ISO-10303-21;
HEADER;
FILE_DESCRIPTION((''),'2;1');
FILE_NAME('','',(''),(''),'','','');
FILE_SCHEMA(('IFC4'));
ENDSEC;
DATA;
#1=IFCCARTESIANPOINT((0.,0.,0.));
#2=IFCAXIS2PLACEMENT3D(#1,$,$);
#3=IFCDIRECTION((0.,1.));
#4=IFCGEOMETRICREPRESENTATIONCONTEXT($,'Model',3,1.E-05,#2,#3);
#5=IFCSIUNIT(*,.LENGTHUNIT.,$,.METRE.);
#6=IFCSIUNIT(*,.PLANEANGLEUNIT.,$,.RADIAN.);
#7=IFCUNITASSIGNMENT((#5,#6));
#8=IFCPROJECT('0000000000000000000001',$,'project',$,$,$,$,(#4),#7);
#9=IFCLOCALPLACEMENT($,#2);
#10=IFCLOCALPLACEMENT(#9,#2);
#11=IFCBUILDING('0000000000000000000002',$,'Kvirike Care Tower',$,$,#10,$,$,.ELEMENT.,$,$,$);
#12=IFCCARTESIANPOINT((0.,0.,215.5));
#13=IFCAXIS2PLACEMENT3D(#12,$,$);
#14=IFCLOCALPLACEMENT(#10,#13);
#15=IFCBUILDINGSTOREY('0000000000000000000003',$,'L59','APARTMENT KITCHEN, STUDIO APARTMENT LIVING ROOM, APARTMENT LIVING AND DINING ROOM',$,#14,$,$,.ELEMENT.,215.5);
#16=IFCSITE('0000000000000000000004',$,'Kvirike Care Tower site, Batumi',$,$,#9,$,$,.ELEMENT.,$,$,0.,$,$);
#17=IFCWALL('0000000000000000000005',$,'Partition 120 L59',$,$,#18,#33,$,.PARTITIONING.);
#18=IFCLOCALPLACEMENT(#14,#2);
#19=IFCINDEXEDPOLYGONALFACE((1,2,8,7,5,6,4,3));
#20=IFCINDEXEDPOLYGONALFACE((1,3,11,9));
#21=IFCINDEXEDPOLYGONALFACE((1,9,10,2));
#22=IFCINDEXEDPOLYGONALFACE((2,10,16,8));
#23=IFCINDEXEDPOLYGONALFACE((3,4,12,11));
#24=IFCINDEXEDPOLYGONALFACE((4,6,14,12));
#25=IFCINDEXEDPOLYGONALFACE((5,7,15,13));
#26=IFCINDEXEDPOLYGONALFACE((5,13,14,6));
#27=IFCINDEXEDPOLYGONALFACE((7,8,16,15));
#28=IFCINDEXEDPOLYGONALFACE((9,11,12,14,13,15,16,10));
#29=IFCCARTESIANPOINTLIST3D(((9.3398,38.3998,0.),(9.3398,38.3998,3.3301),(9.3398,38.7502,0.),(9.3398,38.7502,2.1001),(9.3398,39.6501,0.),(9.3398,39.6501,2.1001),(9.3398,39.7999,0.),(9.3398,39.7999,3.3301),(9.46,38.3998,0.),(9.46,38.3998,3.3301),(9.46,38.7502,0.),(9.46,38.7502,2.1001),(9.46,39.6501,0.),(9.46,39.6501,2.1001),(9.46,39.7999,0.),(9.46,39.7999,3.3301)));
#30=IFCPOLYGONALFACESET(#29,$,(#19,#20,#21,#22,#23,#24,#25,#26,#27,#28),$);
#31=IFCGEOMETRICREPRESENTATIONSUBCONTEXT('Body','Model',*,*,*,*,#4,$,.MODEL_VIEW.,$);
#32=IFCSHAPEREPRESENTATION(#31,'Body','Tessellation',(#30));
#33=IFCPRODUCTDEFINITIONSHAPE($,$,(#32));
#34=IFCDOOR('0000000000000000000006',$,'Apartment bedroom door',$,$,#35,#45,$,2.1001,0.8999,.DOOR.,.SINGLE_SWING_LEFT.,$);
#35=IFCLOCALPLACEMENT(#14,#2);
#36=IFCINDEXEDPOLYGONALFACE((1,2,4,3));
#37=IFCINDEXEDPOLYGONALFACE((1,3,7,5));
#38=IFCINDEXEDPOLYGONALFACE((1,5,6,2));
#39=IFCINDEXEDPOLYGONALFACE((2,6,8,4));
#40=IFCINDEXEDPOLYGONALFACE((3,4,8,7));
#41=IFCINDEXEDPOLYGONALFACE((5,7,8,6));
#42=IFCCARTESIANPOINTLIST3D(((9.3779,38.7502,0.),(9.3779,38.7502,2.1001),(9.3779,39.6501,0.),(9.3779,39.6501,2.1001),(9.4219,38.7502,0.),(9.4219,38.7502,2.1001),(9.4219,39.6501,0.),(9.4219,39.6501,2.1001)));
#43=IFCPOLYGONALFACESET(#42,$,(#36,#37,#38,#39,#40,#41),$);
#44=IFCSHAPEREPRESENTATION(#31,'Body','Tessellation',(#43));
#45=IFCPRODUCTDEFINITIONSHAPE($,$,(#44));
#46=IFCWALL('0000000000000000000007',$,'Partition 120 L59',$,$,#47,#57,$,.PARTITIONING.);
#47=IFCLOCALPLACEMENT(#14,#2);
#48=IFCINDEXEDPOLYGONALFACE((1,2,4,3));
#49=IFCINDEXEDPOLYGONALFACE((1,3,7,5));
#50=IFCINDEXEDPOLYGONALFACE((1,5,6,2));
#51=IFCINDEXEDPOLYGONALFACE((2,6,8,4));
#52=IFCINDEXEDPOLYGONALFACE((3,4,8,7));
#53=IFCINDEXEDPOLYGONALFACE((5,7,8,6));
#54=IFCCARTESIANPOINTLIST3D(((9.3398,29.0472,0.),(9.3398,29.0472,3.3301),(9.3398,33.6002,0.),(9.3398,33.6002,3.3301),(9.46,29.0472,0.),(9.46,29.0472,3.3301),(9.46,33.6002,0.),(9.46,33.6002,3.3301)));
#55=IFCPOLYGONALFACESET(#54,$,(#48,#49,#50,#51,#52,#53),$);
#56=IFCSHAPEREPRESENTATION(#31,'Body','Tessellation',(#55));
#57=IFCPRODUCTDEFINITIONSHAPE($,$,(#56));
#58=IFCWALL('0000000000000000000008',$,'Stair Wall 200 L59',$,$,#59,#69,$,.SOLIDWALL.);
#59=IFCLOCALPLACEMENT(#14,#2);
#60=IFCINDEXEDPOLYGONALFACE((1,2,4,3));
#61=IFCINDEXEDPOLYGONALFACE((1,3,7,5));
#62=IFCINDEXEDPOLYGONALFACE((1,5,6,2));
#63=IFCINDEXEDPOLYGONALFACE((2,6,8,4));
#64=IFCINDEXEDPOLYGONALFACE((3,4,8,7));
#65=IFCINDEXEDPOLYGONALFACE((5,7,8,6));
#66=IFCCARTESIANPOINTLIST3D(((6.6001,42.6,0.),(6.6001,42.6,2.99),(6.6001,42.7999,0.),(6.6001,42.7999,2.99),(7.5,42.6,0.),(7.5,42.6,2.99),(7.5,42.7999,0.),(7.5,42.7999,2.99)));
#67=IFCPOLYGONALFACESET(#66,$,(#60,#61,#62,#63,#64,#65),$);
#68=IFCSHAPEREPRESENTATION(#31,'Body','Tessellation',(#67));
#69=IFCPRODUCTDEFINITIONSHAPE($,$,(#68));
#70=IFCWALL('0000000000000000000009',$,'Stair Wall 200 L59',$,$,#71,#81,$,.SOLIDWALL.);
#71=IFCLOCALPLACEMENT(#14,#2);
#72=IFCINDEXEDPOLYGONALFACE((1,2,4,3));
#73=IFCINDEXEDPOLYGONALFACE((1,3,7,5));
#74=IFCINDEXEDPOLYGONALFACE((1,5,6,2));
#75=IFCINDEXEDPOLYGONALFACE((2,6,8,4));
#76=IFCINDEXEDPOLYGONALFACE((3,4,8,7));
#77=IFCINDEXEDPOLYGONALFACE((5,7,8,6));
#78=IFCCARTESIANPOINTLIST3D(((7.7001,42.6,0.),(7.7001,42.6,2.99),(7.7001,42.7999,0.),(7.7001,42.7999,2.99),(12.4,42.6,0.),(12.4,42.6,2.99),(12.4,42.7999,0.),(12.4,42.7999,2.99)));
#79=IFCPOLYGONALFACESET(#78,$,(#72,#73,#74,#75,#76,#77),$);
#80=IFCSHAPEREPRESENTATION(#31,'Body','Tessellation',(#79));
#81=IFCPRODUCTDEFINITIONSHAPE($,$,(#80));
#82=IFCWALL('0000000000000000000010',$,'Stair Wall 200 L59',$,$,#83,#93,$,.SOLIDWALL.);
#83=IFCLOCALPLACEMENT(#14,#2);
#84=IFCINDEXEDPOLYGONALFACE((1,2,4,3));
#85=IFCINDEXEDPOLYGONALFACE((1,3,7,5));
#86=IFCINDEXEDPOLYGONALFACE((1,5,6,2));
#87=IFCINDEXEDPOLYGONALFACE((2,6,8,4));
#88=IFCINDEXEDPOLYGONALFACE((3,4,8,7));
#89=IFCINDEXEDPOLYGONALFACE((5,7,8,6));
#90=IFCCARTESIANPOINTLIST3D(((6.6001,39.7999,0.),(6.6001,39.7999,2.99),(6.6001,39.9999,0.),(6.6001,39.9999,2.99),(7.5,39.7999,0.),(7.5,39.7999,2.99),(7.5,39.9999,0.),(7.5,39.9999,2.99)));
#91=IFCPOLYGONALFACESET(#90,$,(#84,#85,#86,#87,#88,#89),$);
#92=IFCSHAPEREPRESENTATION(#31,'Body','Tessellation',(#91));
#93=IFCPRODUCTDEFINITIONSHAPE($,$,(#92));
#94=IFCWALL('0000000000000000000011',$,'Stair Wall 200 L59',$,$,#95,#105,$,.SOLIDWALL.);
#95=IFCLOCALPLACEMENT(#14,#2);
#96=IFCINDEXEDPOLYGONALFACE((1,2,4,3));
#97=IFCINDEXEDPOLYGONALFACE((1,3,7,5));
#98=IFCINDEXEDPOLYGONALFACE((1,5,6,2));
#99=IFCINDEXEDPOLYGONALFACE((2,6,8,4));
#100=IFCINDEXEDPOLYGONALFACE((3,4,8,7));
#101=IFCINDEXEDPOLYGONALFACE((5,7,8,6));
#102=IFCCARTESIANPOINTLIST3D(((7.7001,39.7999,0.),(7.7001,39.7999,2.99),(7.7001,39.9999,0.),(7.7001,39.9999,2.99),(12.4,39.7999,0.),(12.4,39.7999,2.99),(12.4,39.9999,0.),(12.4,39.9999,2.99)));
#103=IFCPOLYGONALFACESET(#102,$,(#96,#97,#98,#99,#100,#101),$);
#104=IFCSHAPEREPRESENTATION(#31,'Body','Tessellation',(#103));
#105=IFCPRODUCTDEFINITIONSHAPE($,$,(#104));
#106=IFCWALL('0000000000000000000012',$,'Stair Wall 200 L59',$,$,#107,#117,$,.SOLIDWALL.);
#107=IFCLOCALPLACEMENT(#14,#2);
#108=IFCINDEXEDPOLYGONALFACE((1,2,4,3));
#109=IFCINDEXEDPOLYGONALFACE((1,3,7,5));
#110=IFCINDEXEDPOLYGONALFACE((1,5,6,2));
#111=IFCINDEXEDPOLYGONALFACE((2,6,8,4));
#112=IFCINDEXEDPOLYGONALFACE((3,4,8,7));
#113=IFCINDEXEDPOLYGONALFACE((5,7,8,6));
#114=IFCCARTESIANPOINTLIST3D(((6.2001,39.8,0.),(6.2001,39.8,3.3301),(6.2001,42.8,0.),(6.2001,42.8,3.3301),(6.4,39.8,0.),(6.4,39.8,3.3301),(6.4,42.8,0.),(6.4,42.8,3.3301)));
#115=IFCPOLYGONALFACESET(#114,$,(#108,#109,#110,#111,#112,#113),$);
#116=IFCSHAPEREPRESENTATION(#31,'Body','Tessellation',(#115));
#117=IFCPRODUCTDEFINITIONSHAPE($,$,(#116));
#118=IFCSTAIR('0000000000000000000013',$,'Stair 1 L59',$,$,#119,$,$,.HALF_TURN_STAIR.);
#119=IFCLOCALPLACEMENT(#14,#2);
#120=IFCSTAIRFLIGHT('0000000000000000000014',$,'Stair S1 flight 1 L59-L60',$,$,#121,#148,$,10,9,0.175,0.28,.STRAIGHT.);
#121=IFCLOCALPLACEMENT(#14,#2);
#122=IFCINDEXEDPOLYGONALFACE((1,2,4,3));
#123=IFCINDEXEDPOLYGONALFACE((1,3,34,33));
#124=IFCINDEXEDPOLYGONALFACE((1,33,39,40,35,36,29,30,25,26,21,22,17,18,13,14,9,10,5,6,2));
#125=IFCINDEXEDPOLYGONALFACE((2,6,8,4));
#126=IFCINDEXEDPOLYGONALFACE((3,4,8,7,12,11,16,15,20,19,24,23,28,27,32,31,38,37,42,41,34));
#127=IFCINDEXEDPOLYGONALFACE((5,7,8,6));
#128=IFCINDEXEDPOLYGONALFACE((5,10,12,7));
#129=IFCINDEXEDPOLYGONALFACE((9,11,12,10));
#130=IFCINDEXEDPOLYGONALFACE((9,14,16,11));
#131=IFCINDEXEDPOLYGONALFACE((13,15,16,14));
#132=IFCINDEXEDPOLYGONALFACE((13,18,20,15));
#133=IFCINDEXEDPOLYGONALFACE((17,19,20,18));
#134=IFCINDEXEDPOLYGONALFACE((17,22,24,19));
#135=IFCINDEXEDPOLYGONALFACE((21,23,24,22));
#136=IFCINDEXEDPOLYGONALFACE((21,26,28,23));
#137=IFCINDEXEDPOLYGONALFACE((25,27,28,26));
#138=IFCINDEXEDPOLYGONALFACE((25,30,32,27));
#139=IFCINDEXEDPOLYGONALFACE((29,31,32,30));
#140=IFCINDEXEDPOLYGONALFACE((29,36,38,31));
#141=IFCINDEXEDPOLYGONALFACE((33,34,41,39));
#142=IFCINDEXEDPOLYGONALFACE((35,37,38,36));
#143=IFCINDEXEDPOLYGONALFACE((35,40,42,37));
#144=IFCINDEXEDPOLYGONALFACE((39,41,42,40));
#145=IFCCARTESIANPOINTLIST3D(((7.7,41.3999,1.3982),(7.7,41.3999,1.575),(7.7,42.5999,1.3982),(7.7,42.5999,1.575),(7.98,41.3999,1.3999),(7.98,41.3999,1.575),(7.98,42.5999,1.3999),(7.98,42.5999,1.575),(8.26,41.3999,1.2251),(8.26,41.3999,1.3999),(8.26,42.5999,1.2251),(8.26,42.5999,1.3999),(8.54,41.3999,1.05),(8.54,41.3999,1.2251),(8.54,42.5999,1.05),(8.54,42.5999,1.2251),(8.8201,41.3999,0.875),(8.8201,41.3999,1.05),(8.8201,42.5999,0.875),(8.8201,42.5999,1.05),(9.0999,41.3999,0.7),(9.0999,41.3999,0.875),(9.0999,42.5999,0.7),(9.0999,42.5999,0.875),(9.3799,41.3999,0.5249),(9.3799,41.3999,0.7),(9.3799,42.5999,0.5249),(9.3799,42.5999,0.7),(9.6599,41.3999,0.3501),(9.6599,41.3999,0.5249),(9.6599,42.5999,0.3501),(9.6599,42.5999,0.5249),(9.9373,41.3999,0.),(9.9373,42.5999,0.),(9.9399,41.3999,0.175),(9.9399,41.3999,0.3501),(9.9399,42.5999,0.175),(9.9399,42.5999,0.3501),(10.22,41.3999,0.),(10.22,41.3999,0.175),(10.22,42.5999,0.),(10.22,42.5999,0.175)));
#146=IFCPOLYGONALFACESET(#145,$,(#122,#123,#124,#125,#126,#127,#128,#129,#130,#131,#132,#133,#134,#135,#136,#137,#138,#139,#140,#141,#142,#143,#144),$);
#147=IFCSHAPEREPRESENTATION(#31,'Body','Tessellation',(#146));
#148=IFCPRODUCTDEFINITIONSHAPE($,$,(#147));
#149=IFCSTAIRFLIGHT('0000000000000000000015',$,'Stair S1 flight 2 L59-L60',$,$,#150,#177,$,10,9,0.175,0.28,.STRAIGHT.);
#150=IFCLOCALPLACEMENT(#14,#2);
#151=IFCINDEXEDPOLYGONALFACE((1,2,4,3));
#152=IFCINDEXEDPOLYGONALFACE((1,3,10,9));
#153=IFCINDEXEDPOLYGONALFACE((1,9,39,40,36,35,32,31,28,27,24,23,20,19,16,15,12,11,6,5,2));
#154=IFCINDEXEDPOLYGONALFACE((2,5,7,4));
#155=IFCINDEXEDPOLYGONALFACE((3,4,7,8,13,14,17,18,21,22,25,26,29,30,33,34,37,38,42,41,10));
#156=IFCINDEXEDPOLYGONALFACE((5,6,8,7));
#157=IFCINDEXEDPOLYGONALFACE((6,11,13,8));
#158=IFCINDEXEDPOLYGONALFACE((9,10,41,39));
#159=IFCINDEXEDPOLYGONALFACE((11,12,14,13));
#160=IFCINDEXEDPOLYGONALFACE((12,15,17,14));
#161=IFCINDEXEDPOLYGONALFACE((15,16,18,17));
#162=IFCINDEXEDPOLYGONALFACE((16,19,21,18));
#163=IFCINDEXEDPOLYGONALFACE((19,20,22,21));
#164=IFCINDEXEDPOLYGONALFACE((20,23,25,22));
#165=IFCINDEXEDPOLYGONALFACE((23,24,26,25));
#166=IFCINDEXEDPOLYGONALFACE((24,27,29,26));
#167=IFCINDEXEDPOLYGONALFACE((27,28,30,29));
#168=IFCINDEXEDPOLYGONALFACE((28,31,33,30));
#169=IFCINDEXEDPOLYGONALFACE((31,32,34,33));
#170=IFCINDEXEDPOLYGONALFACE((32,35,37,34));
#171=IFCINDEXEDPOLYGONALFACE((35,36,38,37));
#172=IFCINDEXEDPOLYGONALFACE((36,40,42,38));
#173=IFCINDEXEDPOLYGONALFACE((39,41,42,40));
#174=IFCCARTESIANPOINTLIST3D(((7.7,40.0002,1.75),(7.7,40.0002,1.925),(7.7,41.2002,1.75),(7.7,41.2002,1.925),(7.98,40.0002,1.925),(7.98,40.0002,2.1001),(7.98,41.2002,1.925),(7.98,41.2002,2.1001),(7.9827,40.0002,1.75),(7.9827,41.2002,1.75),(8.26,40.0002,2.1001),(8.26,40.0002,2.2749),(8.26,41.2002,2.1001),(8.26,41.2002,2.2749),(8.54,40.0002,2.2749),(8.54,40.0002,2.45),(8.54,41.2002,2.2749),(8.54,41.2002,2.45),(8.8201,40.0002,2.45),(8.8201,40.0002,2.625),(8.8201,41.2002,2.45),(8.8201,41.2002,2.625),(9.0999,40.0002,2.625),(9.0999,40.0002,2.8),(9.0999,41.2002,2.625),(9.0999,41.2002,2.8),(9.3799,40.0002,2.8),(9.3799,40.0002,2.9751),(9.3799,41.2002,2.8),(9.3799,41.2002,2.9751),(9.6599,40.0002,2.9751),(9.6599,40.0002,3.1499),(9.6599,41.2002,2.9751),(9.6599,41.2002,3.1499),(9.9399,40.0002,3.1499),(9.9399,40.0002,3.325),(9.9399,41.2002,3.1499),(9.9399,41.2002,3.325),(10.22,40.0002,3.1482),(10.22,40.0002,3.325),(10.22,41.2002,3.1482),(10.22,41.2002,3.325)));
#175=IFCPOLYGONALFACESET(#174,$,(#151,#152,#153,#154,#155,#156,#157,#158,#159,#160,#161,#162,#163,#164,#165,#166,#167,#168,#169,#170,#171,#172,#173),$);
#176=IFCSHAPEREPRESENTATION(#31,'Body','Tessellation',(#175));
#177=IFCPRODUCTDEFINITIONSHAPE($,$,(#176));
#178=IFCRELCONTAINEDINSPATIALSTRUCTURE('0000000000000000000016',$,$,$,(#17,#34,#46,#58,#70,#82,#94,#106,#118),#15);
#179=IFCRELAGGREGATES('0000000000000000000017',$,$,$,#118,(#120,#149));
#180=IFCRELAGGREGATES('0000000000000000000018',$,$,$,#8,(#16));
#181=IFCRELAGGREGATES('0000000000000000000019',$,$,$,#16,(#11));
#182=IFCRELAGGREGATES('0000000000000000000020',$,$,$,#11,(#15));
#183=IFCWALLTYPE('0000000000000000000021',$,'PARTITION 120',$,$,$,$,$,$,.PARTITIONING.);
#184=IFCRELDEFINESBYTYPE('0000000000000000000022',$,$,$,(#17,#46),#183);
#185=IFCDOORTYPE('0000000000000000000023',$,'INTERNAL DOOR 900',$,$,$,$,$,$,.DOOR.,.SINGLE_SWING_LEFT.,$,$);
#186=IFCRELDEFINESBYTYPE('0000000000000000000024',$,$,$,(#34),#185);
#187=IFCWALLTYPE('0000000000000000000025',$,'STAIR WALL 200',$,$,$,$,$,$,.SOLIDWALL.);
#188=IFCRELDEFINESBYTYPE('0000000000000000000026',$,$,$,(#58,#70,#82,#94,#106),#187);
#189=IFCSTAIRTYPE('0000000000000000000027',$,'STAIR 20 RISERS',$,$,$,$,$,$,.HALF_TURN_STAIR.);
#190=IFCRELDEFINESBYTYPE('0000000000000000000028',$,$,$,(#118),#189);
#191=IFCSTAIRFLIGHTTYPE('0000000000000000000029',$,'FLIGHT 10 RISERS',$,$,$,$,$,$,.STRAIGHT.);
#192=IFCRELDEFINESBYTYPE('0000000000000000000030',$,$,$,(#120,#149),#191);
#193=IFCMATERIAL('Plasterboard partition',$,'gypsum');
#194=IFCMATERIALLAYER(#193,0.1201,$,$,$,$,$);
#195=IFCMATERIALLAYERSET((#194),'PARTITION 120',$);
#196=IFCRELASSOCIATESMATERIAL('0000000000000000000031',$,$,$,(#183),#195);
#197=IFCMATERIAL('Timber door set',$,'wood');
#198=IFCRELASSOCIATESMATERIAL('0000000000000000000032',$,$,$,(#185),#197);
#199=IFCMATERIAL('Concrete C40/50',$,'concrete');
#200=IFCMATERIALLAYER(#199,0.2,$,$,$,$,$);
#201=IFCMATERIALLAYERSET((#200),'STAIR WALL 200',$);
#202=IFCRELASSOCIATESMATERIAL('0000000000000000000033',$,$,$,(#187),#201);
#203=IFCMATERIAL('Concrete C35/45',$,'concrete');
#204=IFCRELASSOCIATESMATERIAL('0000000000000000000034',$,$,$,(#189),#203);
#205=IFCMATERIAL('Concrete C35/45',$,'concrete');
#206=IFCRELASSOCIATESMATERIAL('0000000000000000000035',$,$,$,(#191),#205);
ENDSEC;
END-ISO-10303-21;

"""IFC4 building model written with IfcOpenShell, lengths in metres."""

from ifc_helpers import new_model, si_unit, direction, frame, frame_2d, origin, place, context, subcontext, project, spatial, polyline, rectangle, outline, extrude, material, layer, layer_set, type_object, element, fill, aggregate, save


model = new_model("IFC4")

# Units and contexts
model_context = context("Model", 3, precision=1e-05, world=origin(), true_north=direction((0.0, 1.0)))
body_context = subcontext(model_context, "Body", "Model", "MODEL_VIEW")
ifc_project = project(units=[si_unit("LENGTHUNIT", "METRE"), si_unit("PLANEANGLEUNIT", "RADIAN")], contexts=[model_context])

# Site, building, storey
site_placement = place(None, origin())
site = spatial("IfcSite", under=ifc_project, at=site_placement, Name="Kvirike Care Tower site, Batumi", CompositionType="ELEMENT", RefElevation=0.0)
building_placement = place(site_placement, origin())
building = spatial("IfcBuilding", under=site, at=building_placement, Name="Kvirike Care Tower", CompositionType="ELEMENT")
storey_placement = place(building_placement, frame((0.0, 0.0, 215.5)))
storey = spatial("IfcBuildingStorey", under=building, at=storey_placement, Name="L59", Description="APARTMENT KITCHEN, STUDIO APARTMENT LIVING ROOM, APARTMENT LIVING AND DINING ROOM", CompositionType="ELEMENT", Elevation=215.5)

# Wall, opening, door
ifc_material_1 = material(Name="Plasterboard partition", Category="gypsum")
ifc_layer_1 = layer(ifc_material_1, 0.1201)
ifc_layer_set_1 = layer_set([ifc_layer_1], Name="PARTITION 120")
wall_type_1 = type_object("IfcWallType", Name="PARTITION 120", PredefinedType="PARTITIONING", material=ifc_layer_set_1)
wall_1_placement = place(storey_placement, frame((9.3999, 39.8, 0.0), z_axis=(0.0, 0.0, 1.0), x_axis=(0.0, -1.0, 0.0)))
wall_1 = element("IfcWall", 1, at=wall_1_placement, inside=storey, type_object=wall_type_1, Name="Partition 120 L59", PredefinedType="PARTITIONING", context=body_context, shape_type="SweptSolid", body=[
    extrude(rectangle(XDim=1.4001, YDim=0.1201, at=frame_2d((0.7002, 0.0))), origin(), (0.0, 0.0, 1.0), 3.3301),
])
opening_1_placement = place(wall_1_placement, frame((0.1499, 0.0, 0.0)))
opening_1 = element("IfcOpeningElement", 2, at=opening_1_placement, cuts=wall_1, PredefinedType="OPENING", context=body_context, shape_type="SweptSolid", body=[
    extrude(rectangle(XDim=0.8999, YDim=2.1001, at=frame_2d((0.45, 1.05))), frame((0.0, 0.0706, 0.0), z_axis=(0.0, -1.0, 0.0), x_axis=(1.0, 0.0, 0.0)), (0.0, 0.0, 1.0), 0.1411),
])
ifc_material_2 = material(Name="Timber door set", Category="wood")
door_type_1 = type_object("IfcDoorType", Name="INTERNAL DOOR 900", OperationType="SINGLE_SWING_LEFT", PredefinedType="DOOR", material=ifc_material_2)
door_1_placement = place(opening_1_placement, frame((0.8999, 0.0, 0.0), z_axis=(0.0, 0.0, 1.0), x_axis=(-1.0, 0.0, 0.0)))
door_1 = element("IfcDoor", 3, at=door_1_placement, inside=storey, type_object=door_type_1, Name="Apartment bedroom door", OperationType="SINGLE_SWING_LEFT", OverallHeight=2.1001, OverallWidth=0.8999, PredefinedType="DOOR", context=body_context, shape_type="SweptSolid", body=[
    extrude(rectangle(XDim=0.8999, YDim=2.1001, at=frame_2d((0.45, 1.05))), frame((0.0, 0.022, 0.0), z_axis=(0.0, -1.0, 0.0), x_axis=(1.0, 0.0, 0.0)), (0.0, 0.0, 1.0), 0.0439),
])
fill(opening_1, door_1)

# Walls
wall_2_placement = place(storey_placement, frame((9.3999, 33.6001, 0.0), z_axis=(0.0, 0.0, 1.0), x_axis=(0.0, -1.0, 0.0)))
element("IfcWall", 4, at=wall_2_placement, inside=storey, type_object=wall_type_1, Name="Partition 120 L59", PredefinedType="PARTITIONING", context=body_context, shape_type="SweptSolid", body=[
    extrude(rectangle(XDim=4.553, YDim=0.1201, at=frame_2d((2.2764, 0.0))), origin(), (0.0, 0.0, 1.0), 3.3301),
])
ifc_material_3 = material(Name="Concrete C40/50", Category="concrete")
ifc_layer_2 = layer(ifc_material_3, 0.2)
ifc_layer_set_2 = layer_set([ifc_layer_2], Name="STAIR WALL 200")
wall_type_2 = type_object("IfcWallType", Name="STAIR WALL 200", PredefinedType="SOLIDWALL", material=ifc_layer_set_2)
wall_3_placement = place(storey_placement, frame((6.6001, 42.7, 0.0), z_axis=(0.0, 0.0, 1.0), x_axis=(1.0, 0.0, 0.0)))
element("IfcWall", 5, at=wall_3_placement, inside=storey, type_object=wall_type_2, Name="Stair Wall 200 L59", PredefinedType="SOLIDWALL", context=body_context, shape_type="SweptSolid", body=[
    extrude(rectangle(XDim=0.8999, YDim=0.2, at=frame_2d((0.45, 0.0))), origin(), (0.0, 0.0, 1.0), 2.99),
])
wall_4_placement = place(storey_placement, frame((7.7, 42.7, 0.0), z_axis=(0.0, 0.0, 1.0), x_axis=(1.0, 0.0, 0.0)))
element("IfcWall", 6, at=wall_4_placement, inside=storey, type_object=wall_type_2, Name="Stair Wall 200 L59", PredefinedType="SOLIDWALL", context=body_context, shape_type="SweptSolid", body=[
    extrude(rectangle(XDim=4.7, YDim=0.2, at=frame_2d((2.3501, 0.0))), origin(), (0.0, 0.0, 1.0), 2.99),
])
wall_5_placement = place(storey_placement, frame((6.6001, 39.8999, 0.0), z_axis=(0.0, 0.0, 1.0), x_axis=(1.0, 0.0, 0.0)))
element("IfcWall", 7, at=wall_5_placement, inside=storey, type_object=wall_type_2, Name="Stair Wall 200 L59", PredefinedType="SOLIDWALL", context=body_context, shape_type="SweptSolid", body=[
    extrude(rectangle(XDim=0.8999, YDim=0.2, at=frame_2d((0.45, 0.0))), origin(), (0.0, 0.0, 1.0), 2.99),
])
wall_6_placement = place(storey_placement, frame((7.7, 39.8999, 0.0), z_axis=(0.0, 0.0, 1.0), x_axis=(1.0, 0.0, 0.0)))
element("IfcWall", 8, at=wall_6_placement, inside=storey, type_object=wall_type_2, Name="Stair Wall 200 L59", PredefinedType="SOLIDWALL", context=body_context, shape_type="SweptSolid", body=[
    extrude(rectangle(XDim=4.7, YDim=0.2, at=frame_2d((2.3501, 0.0))), origin(), (0.0, 0.0, 1.0), 2.99),
])
wall_7_placement = place(storey_placement, frame((6.3, 42.8, 0.0), z_axis=(0.0, 0.0, 1.0), x_axis=(0.0, -1.0, 0.0)))
element("IfcWall", 9, at=wall_7_placement, inside=storey, type_object=wall_type_2, Name="Stair Wall 200 L59", PredefinedType="SOLIDWALL", context=body_context, shape_type="SweptSolid", body=[
    extrude(rectangle(XDim=3.0, YDim=0.2, at=frame_2d((1.5, 0.0))), origin(), (0.0, 0.0, 1.0), 3.3301),
])

# Stair, stair flights
ifc_material_4 = material(Name="Concrete C35/45", Category="concrete")
stair_type = type_object("IfcStairType", Name="STAIR 20 RISERS", PredefinedType="HALF_TURN_STAIR", material=ifc_material_4)
stair_placement = place(storey_placement, origin())
stair = element("IfcStair", 10, at=stair_placement, inside=storey, type_object=stair_type, Name="Stair 1 L59", PredefinedType="HALF_TURN_STAIR")
ifc_material_5 = material(Name="Concrete C35/45", Category="concrete")
stair_flight_type = type_object("IfcStairFlightType", Name="FLIGHT 10 RISERS", PredefinedType="STRAIGHT", material=ifc_material_5)
stair_flight_1_placement = place(storey_placement, frame((10.22, 42.0, 0.0), z_axis=(0.0, 0.0, 1.0), x_axis=(-1.0, 0.0, 0.0)))
stair_flight_1 = element("IfcStairFlight", 11, at=stair_flight_1_placement, type_object=stair_flight_type, Name="Stair S1 flight 1 L59-L60", NumberOfRisers=10, NumberOfTreads=9, PredefinedType="STRAIGHT", RiserHeight=0.175, TreadLength=0.28, context=body_context, shape_type="SweptSolid", body=[
    extrude(outline(polyline([(0.0, 0.0), (0.0, 0.175), (0.28, 0.175), (0.28, 0.3501), (0.5601, 0.3501), (0.5601, 0.5249), (0.8401, 0.5249), (0.8401, 0.7), (1.1201, 0.7), (1.1201, 0.875), (1.3999, 0.875), (1.3999, 1.05), (1.6799, 1.05), (1.6799, 1.2251), (1.96, 1.2251), (1.96, 1.3999), (2.24, 1.3999), (2.24, 1.575), (2.52, 1.575), (2.52, 1.75), (2.52, 1.3982), (0.2827, 0.0), (0.0, 0.0)])), frame((0.0, 0.6001, 0.0), z_axis=(0.0, -1.0, 0.0), x_axis=(1.0, 0.0, 0.0)), (0.0, 0.0, 1.0), 1.2),
])
stair_flight_2_placement = place(storey_placement, frame((7.7, 40.6001, 1.75), z_axis=(0.0, 0.0, 1.0), x_axis=(1.0, 0.0, 0.0)))
stair_flight_2 = element("IfcStairFlight", 12, at=stair_flight_2_placement, type_object=stair_flight_type, Name="Stair S1 flight 2 L59-L60", NumberOfRisers=10, NumberOfTreads=9, PredefinedType="STRAIGHT", RiserHeight=0.175, TreadLength=0.28, context=body_context, shape_type="SweptSolid", body=[
    extrude(outline(polyline([(0.0, 0.0), (0.0, 0.175), (0.28, 0.175), (0.28, 0.3501), (0.5601, 0.3501), (0.5601, 0.5249), (0.8401, 0.5249), (0.8401, 0.7), (1.1201, 0.7), (1.1201, 0.875), (1.3999, 0.875), (1.3999, 1.05), (1.6799, 1.05), (1.6799, 1.2251), (1.96, 1.2251), (1.96, 1.3999), (2.24, 1.3999), (2.24, 1.575), (2.52, 1.575), (2.52, 1.75), (2.52, 1.3982), (0.2827, 0.0), (0.0, 0.0)])), frame((0.0, 0.6001, 0.0), z_axis=(0.0, -1.0, 0.0), x_axis=(1.0, 0.0, 0.0)), (0.0, 0.0, 1.0), 1.2),
])
aggregate(stair, [stair_flight_1, stair_flight_2])

save(model, "model.ifc")
